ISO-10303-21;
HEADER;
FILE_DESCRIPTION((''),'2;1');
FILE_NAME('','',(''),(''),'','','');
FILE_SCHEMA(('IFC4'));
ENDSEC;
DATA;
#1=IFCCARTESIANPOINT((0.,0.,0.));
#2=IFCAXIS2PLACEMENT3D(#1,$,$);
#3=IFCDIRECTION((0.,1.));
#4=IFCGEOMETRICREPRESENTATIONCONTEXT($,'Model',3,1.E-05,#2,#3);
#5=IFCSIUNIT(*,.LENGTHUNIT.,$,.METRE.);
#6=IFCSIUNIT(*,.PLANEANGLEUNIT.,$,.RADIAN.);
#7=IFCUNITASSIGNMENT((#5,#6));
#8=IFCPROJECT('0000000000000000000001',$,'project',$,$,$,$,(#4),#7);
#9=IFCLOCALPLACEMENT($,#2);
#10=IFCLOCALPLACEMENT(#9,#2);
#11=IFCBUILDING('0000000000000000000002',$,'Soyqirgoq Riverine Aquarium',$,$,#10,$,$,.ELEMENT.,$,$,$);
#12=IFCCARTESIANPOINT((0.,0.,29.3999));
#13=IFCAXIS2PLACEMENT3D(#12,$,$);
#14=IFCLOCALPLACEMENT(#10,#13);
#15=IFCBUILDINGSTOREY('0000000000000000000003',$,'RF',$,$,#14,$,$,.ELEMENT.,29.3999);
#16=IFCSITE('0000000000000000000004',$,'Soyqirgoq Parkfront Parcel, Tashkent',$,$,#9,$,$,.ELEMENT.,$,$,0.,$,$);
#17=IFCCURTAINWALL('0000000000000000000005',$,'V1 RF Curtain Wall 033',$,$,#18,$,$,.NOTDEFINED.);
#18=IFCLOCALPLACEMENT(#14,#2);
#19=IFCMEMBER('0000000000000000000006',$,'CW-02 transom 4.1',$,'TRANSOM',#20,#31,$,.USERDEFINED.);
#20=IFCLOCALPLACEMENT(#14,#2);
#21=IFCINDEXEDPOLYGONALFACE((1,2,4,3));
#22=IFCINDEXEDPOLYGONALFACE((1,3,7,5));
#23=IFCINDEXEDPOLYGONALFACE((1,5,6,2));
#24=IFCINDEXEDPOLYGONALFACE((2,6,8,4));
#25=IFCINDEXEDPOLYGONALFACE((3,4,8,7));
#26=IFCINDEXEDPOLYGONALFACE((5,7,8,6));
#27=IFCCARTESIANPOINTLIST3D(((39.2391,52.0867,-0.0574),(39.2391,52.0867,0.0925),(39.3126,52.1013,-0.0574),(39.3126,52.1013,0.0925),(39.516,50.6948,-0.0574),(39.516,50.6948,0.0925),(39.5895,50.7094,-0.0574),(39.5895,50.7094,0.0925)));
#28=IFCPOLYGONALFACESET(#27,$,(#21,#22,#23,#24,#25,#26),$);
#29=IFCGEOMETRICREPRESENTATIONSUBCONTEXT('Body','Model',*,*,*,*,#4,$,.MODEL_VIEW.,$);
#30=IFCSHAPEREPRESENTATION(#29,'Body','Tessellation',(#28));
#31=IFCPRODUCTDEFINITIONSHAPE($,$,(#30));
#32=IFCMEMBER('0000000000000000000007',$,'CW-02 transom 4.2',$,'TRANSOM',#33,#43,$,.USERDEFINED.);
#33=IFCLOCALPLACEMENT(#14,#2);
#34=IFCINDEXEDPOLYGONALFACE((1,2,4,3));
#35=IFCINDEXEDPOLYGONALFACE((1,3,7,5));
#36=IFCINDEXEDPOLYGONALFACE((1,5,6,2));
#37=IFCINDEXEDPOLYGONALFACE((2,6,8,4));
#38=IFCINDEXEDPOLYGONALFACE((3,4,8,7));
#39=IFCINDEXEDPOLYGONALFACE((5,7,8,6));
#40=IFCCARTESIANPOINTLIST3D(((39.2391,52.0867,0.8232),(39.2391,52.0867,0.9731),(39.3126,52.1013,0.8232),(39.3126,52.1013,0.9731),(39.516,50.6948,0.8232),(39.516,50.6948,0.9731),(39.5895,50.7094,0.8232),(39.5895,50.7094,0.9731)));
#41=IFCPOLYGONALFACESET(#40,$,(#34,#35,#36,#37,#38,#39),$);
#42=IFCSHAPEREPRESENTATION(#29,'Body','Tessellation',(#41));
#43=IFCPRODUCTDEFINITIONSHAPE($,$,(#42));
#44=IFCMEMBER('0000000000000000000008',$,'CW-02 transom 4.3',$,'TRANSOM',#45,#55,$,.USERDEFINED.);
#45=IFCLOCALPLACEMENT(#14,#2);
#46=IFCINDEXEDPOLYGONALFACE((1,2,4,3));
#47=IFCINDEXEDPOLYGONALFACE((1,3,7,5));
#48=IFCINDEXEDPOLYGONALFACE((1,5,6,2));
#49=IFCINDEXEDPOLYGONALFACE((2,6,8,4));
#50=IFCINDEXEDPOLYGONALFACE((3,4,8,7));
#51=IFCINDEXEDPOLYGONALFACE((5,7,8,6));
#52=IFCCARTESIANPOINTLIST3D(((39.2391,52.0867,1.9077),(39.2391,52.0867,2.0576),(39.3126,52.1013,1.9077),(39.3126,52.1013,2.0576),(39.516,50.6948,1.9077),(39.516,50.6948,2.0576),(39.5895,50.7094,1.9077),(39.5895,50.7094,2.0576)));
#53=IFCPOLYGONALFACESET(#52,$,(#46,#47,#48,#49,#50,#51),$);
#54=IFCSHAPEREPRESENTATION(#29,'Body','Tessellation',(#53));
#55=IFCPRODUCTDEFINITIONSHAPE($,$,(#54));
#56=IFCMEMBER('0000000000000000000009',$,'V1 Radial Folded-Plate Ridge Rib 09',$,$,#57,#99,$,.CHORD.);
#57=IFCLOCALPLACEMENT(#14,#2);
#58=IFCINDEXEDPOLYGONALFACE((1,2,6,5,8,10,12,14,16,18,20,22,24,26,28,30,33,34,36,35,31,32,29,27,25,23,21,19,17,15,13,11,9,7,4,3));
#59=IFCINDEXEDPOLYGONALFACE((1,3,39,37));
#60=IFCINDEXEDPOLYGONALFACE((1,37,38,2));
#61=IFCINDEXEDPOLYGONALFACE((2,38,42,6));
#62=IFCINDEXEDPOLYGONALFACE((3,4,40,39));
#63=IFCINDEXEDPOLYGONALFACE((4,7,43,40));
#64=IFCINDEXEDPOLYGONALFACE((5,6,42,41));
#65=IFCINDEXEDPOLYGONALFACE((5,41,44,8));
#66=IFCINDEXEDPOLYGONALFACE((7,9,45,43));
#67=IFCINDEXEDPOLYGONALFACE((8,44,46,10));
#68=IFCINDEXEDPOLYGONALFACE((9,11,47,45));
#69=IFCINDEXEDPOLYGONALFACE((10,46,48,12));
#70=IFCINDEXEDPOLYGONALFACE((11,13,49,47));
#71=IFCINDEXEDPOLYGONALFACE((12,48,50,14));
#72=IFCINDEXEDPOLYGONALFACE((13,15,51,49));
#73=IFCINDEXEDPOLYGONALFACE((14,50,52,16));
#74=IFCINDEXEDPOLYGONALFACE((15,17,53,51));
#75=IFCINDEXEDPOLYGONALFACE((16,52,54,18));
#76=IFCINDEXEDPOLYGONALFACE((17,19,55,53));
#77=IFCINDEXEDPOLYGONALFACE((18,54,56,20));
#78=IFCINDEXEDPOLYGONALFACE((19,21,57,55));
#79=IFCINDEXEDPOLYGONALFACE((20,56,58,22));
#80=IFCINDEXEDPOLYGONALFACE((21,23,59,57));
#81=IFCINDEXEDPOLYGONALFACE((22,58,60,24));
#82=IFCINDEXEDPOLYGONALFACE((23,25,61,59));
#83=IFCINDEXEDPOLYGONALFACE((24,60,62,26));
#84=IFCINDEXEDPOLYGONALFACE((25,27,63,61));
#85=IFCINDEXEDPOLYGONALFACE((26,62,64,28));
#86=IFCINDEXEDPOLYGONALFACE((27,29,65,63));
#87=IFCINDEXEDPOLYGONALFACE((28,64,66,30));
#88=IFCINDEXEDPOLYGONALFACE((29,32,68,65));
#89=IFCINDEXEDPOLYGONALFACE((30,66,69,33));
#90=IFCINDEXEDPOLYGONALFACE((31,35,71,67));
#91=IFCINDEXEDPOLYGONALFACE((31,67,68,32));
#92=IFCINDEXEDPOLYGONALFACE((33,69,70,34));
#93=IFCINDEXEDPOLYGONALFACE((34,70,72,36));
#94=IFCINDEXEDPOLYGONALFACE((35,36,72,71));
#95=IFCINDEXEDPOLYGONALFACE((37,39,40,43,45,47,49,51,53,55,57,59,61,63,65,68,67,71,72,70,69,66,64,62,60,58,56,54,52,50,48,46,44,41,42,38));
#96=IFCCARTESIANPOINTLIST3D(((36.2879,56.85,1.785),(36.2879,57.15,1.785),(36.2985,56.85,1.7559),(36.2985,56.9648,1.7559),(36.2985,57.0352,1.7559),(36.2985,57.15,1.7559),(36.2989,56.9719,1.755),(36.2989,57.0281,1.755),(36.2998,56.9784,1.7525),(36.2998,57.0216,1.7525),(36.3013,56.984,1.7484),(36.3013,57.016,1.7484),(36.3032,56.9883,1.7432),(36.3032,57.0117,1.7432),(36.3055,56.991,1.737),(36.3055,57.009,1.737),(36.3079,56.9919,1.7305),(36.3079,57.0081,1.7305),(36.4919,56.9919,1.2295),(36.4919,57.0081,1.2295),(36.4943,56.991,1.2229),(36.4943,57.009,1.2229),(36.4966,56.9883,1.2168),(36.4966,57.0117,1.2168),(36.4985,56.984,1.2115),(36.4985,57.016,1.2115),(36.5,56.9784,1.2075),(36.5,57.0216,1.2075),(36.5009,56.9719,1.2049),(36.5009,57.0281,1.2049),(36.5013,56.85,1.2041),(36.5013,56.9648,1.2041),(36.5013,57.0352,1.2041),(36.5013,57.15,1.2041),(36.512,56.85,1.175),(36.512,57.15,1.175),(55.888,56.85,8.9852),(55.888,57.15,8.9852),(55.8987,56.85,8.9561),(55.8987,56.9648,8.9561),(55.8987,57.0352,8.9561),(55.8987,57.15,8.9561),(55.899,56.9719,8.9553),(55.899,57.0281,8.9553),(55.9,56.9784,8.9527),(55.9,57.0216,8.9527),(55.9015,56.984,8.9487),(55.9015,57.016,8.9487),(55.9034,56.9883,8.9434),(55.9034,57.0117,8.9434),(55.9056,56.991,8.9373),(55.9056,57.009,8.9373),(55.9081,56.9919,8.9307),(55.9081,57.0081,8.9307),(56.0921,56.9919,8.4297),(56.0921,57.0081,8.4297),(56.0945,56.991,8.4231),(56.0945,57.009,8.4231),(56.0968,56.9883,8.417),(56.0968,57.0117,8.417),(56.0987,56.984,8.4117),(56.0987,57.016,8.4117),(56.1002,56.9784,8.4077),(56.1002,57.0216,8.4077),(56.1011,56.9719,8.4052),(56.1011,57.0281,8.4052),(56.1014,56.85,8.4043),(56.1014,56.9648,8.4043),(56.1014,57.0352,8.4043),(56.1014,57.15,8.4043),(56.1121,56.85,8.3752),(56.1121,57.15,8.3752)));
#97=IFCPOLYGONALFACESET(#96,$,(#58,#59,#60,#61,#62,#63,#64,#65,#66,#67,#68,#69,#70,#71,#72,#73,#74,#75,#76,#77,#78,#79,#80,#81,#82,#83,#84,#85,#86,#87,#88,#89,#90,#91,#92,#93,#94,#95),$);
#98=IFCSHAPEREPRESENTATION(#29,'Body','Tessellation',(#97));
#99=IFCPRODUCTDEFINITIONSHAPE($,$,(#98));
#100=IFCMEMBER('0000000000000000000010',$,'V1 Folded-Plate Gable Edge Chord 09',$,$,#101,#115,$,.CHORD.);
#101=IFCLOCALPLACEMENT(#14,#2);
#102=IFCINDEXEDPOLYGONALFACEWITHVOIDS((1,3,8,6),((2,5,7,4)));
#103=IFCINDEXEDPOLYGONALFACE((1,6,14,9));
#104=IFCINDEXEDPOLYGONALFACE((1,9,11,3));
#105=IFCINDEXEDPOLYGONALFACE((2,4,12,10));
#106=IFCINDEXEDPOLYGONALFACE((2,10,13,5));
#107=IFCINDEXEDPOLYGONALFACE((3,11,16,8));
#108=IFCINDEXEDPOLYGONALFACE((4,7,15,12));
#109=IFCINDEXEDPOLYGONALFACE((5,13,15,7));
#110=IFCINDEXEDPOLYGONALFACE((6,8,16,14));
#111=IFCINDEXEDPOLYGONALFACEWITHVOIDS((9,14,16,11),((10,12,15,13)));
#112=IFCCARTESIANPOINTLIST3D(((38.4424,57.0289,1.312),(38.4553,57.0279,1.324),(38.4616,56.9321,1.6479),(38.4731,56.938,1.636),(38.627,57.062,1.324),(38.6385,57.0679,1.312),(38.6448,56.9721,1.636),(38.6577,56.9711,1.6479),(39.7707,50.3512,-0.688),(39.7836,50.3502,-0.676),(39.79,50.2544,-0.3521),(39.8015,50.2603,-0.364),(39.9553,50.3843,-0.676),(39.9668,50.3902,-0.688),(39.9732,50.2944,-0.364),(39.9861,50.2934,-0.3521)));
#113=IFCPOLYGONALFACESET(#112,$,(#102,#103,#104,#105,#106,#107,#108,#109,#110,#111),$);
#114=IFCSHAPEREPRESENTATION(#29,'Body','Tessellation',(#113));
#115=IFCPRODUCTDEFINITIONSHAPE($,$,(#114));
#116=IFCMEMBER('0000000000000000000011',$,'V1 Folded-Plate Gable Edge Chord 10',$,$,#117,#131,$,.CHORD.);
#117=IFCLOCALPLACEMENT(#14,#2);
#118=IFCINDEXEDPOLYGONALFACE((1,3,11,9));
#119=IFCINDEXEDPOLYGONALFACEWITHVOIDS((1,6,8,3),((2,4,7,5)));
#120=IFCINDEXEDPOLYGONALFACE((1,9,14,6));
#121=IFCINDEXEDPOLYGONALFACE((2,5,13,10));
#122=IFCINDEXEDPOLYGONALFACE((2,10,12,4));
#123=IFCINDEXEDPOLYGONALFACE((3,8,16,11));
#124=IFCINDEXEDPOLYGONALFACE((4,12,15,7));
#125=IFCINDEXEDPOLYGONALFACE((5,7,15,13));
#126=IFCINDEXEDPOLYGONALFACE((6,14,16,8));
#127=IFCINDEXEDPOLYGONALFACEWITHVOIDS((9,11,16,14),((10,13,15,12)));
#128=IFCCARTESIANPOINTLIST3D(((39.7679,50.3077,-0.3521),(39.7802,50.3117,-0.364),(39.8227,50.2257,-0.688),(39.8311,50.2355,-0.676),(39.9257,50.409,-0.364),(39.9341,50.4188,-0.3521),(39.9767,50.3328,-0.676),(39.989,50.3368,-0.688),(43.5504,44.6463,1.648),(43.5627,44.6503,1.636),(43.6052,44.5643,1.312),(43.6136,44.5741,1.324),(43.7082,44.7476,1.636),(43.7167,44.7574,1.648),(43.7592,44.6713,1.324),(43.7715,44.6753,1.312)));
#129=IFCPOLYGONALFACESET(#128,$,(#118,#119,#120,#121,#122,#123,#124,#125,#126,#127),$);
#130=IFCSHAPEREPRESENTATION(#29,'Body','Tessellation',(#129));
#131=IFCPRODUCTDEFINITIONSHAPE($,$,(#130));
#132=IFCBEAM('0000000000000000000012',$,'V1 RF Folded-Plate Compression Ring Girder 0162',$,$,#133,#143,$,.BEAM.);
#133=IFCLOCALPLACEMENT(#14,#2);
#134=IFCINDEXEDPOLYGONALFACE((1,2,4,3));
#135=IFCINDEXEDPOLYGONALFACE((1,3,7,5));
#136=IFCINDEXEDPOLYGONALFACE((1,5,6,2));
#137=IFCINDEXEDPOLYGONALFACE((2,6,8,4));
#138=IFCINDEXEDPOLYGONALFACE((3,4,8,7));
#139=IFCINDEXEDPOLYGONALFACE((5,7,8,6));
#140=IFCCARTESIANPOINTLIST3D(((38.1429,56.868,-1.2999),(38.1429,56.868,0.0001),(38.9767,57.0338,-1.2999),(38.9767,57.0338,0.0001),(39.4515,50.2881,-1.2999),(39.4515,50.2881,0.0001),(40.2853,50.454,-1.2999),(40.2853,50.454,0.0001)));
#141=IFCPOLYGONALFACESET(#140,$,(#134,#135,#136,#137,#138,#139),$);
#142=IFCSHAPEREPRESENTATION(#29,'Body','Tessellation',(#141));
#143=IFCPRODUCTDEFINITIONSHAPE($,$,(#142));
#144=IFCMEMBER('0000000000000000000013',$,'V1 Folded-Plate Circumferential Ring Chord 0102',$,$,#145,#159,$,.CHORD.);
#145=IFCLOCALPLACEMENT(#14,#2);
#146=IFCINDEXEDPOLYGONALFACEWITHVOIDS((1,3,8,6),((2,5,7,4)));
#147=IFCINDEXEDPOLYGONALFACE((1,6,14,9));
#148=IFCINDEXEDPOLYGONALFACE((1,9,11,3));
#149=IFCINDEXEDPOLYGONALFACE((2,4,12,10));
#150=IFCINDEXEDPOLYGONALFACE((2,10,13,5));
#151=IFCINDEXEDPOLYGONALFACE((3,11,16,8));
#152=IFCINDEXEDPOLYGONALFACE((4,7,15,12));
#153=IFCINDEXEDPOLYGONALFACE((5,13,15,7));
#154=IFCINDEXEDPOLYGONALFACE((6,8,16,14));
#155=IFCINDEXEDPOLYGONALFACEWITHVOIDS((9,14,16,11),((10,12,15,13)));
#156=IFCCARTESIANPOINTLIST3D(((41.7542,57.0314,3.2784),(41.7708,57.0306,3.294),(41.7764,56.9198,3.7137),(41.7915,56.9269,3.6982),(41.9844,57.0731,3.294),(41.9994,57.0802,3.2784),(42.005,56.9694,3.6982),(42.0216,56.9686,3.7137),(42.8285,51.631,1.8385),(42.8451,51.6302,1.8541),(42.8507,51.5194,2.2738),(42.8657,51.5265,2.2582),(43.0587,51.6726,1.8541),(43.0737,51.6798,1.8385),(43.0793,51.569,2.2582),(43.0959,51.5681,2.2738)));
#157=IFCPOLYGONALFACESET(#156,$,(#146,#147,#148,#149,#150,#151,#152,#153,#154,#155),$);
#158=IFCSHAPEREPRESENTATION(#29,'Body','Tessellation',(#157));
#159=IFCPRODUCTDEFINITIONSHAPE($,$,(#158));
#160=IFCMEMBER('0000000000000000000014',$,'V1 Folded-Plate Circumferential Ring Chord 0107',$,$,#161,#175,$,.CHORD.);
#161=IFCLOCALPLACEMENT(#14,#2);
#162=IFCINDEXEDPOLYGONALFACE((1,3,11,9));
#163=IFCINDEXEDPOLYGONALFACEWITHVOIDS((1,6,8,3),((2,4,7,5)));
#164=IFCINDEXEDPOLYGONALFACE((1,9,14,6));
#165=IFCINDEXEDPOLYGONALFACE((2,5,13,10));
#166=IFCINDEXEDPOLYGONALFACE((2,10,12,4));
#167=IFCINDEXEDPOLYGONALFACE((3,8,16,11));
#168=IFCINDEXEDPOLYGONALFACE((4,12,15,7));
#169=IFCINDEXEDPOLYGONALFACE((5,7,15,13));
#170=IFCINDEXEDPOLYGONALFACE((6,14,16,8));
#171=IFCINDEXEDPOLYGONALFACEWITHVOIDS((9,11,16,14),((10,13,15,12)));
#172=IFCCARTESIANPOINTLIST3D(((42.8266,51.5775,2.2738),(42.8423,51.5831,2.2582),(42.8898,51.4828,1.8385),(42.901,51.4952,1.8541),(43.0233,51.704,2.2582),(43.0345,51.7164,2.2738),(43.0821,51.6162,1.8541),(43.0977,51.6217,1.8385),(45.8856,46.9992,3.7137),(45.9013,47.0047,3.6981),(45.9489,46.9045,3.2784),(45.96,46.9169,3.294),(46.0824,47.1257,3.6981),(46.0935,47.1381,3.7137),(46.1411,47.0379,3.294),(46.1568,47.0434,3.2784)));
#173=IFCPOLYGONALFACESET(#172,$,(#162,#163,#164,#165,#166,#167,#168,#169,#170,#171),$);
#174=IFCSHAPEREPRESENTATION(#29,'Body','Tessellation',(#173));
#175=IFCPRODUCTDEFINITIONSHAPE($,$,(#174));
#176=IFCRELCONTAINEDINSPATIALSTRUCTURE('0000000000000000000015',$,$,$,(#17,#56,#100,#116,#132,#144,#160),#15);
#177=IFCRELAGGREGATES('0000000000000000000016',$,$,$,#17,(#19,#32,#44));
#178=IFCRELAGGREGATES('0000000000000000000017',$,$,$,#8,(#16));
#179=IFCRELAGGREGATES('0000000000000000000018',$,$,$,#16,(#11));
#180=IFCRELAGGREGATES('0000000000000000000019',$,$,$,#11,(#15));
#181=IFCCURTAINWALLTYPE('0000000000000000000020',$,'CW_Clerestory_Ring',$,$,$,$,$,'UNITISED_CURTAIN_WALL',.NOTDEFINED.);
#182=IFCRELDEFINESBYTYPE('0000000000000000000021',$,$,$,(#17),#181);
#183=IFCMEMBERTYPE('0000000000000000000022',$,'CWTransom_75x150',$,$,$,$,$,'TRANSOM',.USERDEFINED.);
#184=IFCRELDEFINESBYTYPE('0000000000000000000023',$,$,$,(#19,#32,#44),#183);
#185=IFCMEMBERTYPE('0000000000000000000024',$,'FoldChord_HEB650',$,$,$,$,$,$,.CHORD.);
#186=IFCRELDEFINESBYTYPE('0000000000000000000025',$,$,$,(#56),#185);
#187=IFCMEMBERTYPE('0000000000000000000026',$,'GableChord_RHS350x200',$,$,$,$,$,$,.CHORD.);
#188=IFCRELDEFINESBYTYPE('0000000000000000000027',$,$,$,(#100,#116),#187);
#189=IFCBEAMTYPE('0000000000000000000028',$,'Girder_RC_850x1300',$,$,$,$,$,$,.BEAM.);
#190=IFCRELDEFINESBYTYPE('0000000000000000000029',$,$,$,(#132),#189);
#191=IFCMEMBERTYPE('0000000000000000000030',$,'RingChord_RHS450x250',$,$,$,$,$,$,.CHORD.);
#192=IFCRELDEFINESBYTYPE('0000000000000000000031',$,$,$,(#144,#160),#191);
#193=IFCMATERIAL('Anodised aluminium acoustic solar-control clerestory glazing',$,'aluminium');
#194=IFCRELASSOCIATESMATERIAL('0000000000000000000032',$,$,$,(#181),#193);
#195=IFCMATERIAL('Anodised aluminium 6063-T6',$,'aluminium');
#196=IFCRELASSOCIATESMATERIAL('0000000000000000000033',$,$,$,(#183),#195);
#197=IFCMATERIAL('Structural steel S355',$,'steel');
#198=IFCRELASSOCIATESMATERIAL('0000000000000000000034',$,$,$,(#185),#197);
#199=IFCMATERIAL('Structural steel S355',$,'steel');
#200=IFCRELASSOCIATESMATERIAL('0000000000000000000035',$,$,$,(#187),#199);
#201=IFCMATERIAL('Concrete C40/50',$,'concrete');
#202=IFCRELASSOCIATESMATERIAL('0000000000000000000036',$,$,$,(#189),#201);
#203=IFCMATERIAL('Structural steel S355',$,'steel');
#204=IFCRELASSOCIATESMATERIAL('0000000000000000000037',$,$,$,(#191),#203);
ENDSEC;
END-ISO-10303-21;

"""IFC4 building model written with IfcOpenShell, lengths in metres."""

from ifc_helpers import new_model, si_unit, direction, frame, origin, origin_2d, place, context, subcontext, project, spatial, rectangle, hollow_rectangle, i_section, extrude, material, material_profile, profile_set, type_object, element, aggregate, save


model = new_model("IFC4")

# Units and contexts
model_context = context("Model", 3, precision=1e-05, world=origin(), true_north=direction((0.0, 1.0)))
body_context = subcontext(model_context, "Body", "Model", "MODEL_VIEW")
ifc_project = project(units=[si_unit("LENGTHUNIT", "METRE"), si_unit("PLANEANGLEUNIT", "RADIAN")], contexts=[model_context])

# Site, building, storey
site_placement = place(None, origin())
site = spatial("IfcSite", under=ifc_project, at=site_placement, Name="Soyqirgoq Parkfront Parcel, Tashkent", CompositionType="ELEMENT", RefElevation=0.0)
building_placement = place(site_placement, origin())
building = spatial("IfcBuilding", under=site, at=building_placement, Name="Soyqirgoq Riverine Aquarium", CompositionType="ELEMENT")
storey_placement = place(building_placement, frame((0.0, 0.0, 29.3999)))
storey = spatial("IfcBuildingStorey", under=building, at=storey_placement, Name="RF", CompositionType="ELEMENT", Elevation=29.3999)

# Curtain wall, members
ifc_material_1 = material(Name="Anodised aluminium acoustic solar-control clerestory glazing", Category="aluminium")
curtain_wall_type = type_object("IfcCurtainWallType", Name="CW_Clerestory_Ring", ElementType="UNITISED_CURTAIN_WALL", PredefinedType="NOTDEFINED", material=ifc_material_1)
curtain_wall_placement = place(storey_placement, origin())
curtain_wall = element("IfcCurtainWall", 1, at=curtain_wall_placement, inside=storey, type_object=curtain_wall_type, Name="V1 RF Curtain Wall 033", PredefinedType="NOTDEFINED")
ifc_material_2 = material(Name="Anodised aluminium 6063-T6", Category="aluminium")
ifc_material_profile_1 = material_profile(ifc_material_2, rectangle(XDim=0.075, YDim=0.1499, at=origin_2d()), Name="ALU-T 75x150")
ifc_profile_set_1 = profile_set([ifc_material_profile_1], Name="Anodised aluminium 6063-T6")
member_type_1 = type_object("IfcMemberType", Name="CWTransom_75x150", ElementType="TRANSOM", PredefinedType="USERDEFINED", material=ifc_profile_set_1)
member_1_placement = place(storey_placement, frame((39.2759, 52.094, 0.0176), z_axis=(0.19509, -0.980785, 0.0), x_axis=(0.980785, 0.19509, 0.0)))
member_1 = element("IfcMember", 2, at=member_1_placement, type_object=member_type_1, Name="CW-02 transom 4.1", ObjectType="TRANSOM", PredefinedType="USERDEFINED", context=body_context, shape_type="SweptSolid", body=[
    extrude(rectangle(XDim=0.075, YDim=0.1499, at=origin_2d()), origin(), (0.0, 0.0, 1.0), 1.4192),
])
member_2_placement = place(storey_placement, frame((39.2759, 52.094, 0.8982), z_axis=(0.19509, -0.980785, 0.0), x_axis=(0.980785, 0.19509, 0.0)))
member_2 = element("IfcMember", 3, at=member_2_placement, type_object=member_type_1, Name="CW-02 transom 4.2", ObjectType="TRANSOM", PredefinedType="USERDEFINED", context=body_context, shape_type="SweptSolid", body=[
    extrude(rectangle(XDim=0.075, YDim=0.1499, at=origin_2d()), origin(), (0.0, 0.0, 1.0), 1.4192),
])
member_3_placement = place(storey_placement, frame((39.2759, 52.094, 1.9827), z_axis=(0.19509, -0.980785, 0.0), x_axis=(0.980785, 0.19509, 0.0)))
member_3 = element("IfcMember", 4, at=member_3_placement, type_object=member_type_1, Name="CW-02 transom 4.3", ObjectType="TRANSOM", PredefinedType="USERDEFINED", context=body_context, shape_type="SweptSolid", body=[
    extrude(rectangle(XDim=0.075, YDim=0.1499, at=origin_2d()), origin(), (0.0, 0.0, 1.0), 1.4192),
])

# Members
ifc_material_3 = material(Name="Structural steel S355", Category="steel")
ifc_material_profile_2 = material_profile(ifc_material_3, i_section(OverallWidth=0.3, OverallDepth=0.6499, WebThickness=0.0161, FlangeThickness=0.031, FilletRadius=0.0271, at=origin_2d()), Name="HEB 650")
ifc_profile_set_2 = profile_set([ifc_material_profile_2], Name="Structural steel S355")
member_type_2 = type_object("IfcMemberType", Name="FoldChord_HEB650", PredefinedType="CHORD", material=ifc_profile_set_2)
member_4_placement = place(storey_placement, frame((36.3999, 57.0, 1.48), z_axis=(0.938667, 0.0, 0.344824), x_axis=(0.0, 1.0, 0.0)))
element("IfcMember", 5, at=member_4_placement, inside=storey, type_object=member_type_2, Name="V1 Radial Folded-Plate Ridge Rib 09", PredefinedType="CHORD", context=body_context, shape_type="SweptSolid", body=[
    extrude(i_section(OverallWidth=0.3, OverallDepth=0.6499, WebThickness=0.0161, FlangeThickness=0.031, FilletRadius=0.0271, at=origin_2d()), origin(), (0.0, 0.0, 1.0), 20.8809),
])
ifc_material_4 = material(Name="Structural steel S355", Category="steel")
ifc_material_profile_3 = material_profile(ifc_material_4, hollow_rectangle(XDim=0.2, YDim=0.3501, WallThickness=0.0125, at=origin_2d()), Name="RHS 350x200x12.5")
ifc_profile_set_3 = profile_set([ifc_material_profile_3], Name="Structural steel S355")
member_type_3 = type_object("IfcMemberType", Name="GableChord_RHS350x200", PredefinedType="CHORD", material=ifc_profile_set_3)
member_5_placement = place(storey_placement, frame((38.55, 57.0, 1.48), z_axis=(0.187193, -0.941024, -0.281839), x_axis=(0.980783, 0.195102, 0.0)))
element("IfcMember", 6, at=member_5_placement, inside=storey, type_object=member_type_3, Name="V1 Folded-Plate Gable Edge Chord 09", PredefinedType="CHORD", context=body_context, shape_type="SweptSolid", body=[
    extrude(hollow_rectangle(XDim=0.2, YDim=0.3501, WallThickness=0.0125, at=origin_2d()), origin(), (0.0, 0.0, 1.0), 7.0962),
])
member_6_placement = place(storey_placement, frame((39.8784, 50.3223, -0.52), z_axis=(0.533016, -0.797786, 0.281835), x_axis=(0.831493, 0.555536, 0.0)))
element("IfcMember", 7, at=member_6_placement, inside=storey, type_object=member_type_3, Name="V1 Folded-Plate Gable Edge Chord 10", PredefinedType="CHORD", context=body_context, shape_type="SweptSolid", body=[
    extrude(hollow_rectangle(XDim=0.2, YDim=0.3501, WallThickness=0.0125, at=origin_2d()), origin(), (0.0, 0.0, 1.0), 7.0964),
])

# Beam
ifc_material_5 = material(Name="Concrete C40/50", Category="concrete")
ifc_material_profile_4 = material_profile(ifc_material_5, rectangle(XDim=0.8501, YDim=1.3, at=origin_2d()), Name="RC 850x1300")
ifc_profile_set_4 = profile_set([ifc_material_profile_4], Name="Concrete C40/50")
beam_type = type_object("IfcBeamType", Name="Girder_RC_850x1300", PredefinedType="BEAM", material=ifc_profile_set_4)
beam_placement = place(storey_placement, frame((38.5598, 56.9509, -0.6499), z_axis=(0.195059, -0.980791, 0.0), x_axis=(0.980791, 0.195059, 0.0)))
element("IfcBeam", 8, at=beam_placement, inside=storey, type_object=beam_type, Name="V1 RF Folded-Plate Compression Ring Girder 0162", PredefinedType="BEAM", context=body_context, shape_type="SweptSolid", body=[
    extrude(rectangle(XDim=0.8501, YDim=1.3, at=origin_2d()), origin(), (0.0, 0.0, 1.0), 6.7087),
])

# Members
ifc_material_6 = material(Name="Structural steel S355", Category="steel")
ifc_material_profile_5 = material_profile(ifc_material_6, hollow_rectangle(XDim=0.25, YDim=0.45, WallThickness=0.0161, at=origin_2d()), Name="RHS 450x250x16")
ifc_profile_set_5 = profile_set([ifc_material_profile_5], Name="Structural steel S355")
member_type_4 = type_object("IfcMemberType", Name="RingChord_RHS450x250", PredefinedType="CHORD", material=ifc_profile_set_5)
for number, where, z_axis, x_axis, name in (
    (9, (41.8879, 57.0, 3.4961), (0.188745, -0.948875, -0.253005), (0.980785, 0.195093, 0.0), "V1 Folded-Plate Circumferential Ring Chord 0102"),
    (10, (42.9622, 51.5996, 2.0562), (0.537485, -0.804426, 0.253), (0.831477, 0.555559, 0.0), "V1 Folded-Plate Circumferential Ring Chord 0107"),
):
    element("IfcMember", number, at=place(storey_placement, frame(where, z_axis=z_axis, x_axis=x_axis)), inside=storey, type_object=member_type_4, Name=name, PredefinedType="CHORD", context=body_context, shape_type="SweptSolid", body=[
        extrude(hollow_rectangle(XDim=0.25, YDim=0.45, WallThickness=0.0161, at=origin_2d()), origin(), (0.0, 0.0, 1.0), 5.6914),
    ])

aggregate(curtain_wall, [member_1, member_2, member_3])

save(model, "model.ifc")
